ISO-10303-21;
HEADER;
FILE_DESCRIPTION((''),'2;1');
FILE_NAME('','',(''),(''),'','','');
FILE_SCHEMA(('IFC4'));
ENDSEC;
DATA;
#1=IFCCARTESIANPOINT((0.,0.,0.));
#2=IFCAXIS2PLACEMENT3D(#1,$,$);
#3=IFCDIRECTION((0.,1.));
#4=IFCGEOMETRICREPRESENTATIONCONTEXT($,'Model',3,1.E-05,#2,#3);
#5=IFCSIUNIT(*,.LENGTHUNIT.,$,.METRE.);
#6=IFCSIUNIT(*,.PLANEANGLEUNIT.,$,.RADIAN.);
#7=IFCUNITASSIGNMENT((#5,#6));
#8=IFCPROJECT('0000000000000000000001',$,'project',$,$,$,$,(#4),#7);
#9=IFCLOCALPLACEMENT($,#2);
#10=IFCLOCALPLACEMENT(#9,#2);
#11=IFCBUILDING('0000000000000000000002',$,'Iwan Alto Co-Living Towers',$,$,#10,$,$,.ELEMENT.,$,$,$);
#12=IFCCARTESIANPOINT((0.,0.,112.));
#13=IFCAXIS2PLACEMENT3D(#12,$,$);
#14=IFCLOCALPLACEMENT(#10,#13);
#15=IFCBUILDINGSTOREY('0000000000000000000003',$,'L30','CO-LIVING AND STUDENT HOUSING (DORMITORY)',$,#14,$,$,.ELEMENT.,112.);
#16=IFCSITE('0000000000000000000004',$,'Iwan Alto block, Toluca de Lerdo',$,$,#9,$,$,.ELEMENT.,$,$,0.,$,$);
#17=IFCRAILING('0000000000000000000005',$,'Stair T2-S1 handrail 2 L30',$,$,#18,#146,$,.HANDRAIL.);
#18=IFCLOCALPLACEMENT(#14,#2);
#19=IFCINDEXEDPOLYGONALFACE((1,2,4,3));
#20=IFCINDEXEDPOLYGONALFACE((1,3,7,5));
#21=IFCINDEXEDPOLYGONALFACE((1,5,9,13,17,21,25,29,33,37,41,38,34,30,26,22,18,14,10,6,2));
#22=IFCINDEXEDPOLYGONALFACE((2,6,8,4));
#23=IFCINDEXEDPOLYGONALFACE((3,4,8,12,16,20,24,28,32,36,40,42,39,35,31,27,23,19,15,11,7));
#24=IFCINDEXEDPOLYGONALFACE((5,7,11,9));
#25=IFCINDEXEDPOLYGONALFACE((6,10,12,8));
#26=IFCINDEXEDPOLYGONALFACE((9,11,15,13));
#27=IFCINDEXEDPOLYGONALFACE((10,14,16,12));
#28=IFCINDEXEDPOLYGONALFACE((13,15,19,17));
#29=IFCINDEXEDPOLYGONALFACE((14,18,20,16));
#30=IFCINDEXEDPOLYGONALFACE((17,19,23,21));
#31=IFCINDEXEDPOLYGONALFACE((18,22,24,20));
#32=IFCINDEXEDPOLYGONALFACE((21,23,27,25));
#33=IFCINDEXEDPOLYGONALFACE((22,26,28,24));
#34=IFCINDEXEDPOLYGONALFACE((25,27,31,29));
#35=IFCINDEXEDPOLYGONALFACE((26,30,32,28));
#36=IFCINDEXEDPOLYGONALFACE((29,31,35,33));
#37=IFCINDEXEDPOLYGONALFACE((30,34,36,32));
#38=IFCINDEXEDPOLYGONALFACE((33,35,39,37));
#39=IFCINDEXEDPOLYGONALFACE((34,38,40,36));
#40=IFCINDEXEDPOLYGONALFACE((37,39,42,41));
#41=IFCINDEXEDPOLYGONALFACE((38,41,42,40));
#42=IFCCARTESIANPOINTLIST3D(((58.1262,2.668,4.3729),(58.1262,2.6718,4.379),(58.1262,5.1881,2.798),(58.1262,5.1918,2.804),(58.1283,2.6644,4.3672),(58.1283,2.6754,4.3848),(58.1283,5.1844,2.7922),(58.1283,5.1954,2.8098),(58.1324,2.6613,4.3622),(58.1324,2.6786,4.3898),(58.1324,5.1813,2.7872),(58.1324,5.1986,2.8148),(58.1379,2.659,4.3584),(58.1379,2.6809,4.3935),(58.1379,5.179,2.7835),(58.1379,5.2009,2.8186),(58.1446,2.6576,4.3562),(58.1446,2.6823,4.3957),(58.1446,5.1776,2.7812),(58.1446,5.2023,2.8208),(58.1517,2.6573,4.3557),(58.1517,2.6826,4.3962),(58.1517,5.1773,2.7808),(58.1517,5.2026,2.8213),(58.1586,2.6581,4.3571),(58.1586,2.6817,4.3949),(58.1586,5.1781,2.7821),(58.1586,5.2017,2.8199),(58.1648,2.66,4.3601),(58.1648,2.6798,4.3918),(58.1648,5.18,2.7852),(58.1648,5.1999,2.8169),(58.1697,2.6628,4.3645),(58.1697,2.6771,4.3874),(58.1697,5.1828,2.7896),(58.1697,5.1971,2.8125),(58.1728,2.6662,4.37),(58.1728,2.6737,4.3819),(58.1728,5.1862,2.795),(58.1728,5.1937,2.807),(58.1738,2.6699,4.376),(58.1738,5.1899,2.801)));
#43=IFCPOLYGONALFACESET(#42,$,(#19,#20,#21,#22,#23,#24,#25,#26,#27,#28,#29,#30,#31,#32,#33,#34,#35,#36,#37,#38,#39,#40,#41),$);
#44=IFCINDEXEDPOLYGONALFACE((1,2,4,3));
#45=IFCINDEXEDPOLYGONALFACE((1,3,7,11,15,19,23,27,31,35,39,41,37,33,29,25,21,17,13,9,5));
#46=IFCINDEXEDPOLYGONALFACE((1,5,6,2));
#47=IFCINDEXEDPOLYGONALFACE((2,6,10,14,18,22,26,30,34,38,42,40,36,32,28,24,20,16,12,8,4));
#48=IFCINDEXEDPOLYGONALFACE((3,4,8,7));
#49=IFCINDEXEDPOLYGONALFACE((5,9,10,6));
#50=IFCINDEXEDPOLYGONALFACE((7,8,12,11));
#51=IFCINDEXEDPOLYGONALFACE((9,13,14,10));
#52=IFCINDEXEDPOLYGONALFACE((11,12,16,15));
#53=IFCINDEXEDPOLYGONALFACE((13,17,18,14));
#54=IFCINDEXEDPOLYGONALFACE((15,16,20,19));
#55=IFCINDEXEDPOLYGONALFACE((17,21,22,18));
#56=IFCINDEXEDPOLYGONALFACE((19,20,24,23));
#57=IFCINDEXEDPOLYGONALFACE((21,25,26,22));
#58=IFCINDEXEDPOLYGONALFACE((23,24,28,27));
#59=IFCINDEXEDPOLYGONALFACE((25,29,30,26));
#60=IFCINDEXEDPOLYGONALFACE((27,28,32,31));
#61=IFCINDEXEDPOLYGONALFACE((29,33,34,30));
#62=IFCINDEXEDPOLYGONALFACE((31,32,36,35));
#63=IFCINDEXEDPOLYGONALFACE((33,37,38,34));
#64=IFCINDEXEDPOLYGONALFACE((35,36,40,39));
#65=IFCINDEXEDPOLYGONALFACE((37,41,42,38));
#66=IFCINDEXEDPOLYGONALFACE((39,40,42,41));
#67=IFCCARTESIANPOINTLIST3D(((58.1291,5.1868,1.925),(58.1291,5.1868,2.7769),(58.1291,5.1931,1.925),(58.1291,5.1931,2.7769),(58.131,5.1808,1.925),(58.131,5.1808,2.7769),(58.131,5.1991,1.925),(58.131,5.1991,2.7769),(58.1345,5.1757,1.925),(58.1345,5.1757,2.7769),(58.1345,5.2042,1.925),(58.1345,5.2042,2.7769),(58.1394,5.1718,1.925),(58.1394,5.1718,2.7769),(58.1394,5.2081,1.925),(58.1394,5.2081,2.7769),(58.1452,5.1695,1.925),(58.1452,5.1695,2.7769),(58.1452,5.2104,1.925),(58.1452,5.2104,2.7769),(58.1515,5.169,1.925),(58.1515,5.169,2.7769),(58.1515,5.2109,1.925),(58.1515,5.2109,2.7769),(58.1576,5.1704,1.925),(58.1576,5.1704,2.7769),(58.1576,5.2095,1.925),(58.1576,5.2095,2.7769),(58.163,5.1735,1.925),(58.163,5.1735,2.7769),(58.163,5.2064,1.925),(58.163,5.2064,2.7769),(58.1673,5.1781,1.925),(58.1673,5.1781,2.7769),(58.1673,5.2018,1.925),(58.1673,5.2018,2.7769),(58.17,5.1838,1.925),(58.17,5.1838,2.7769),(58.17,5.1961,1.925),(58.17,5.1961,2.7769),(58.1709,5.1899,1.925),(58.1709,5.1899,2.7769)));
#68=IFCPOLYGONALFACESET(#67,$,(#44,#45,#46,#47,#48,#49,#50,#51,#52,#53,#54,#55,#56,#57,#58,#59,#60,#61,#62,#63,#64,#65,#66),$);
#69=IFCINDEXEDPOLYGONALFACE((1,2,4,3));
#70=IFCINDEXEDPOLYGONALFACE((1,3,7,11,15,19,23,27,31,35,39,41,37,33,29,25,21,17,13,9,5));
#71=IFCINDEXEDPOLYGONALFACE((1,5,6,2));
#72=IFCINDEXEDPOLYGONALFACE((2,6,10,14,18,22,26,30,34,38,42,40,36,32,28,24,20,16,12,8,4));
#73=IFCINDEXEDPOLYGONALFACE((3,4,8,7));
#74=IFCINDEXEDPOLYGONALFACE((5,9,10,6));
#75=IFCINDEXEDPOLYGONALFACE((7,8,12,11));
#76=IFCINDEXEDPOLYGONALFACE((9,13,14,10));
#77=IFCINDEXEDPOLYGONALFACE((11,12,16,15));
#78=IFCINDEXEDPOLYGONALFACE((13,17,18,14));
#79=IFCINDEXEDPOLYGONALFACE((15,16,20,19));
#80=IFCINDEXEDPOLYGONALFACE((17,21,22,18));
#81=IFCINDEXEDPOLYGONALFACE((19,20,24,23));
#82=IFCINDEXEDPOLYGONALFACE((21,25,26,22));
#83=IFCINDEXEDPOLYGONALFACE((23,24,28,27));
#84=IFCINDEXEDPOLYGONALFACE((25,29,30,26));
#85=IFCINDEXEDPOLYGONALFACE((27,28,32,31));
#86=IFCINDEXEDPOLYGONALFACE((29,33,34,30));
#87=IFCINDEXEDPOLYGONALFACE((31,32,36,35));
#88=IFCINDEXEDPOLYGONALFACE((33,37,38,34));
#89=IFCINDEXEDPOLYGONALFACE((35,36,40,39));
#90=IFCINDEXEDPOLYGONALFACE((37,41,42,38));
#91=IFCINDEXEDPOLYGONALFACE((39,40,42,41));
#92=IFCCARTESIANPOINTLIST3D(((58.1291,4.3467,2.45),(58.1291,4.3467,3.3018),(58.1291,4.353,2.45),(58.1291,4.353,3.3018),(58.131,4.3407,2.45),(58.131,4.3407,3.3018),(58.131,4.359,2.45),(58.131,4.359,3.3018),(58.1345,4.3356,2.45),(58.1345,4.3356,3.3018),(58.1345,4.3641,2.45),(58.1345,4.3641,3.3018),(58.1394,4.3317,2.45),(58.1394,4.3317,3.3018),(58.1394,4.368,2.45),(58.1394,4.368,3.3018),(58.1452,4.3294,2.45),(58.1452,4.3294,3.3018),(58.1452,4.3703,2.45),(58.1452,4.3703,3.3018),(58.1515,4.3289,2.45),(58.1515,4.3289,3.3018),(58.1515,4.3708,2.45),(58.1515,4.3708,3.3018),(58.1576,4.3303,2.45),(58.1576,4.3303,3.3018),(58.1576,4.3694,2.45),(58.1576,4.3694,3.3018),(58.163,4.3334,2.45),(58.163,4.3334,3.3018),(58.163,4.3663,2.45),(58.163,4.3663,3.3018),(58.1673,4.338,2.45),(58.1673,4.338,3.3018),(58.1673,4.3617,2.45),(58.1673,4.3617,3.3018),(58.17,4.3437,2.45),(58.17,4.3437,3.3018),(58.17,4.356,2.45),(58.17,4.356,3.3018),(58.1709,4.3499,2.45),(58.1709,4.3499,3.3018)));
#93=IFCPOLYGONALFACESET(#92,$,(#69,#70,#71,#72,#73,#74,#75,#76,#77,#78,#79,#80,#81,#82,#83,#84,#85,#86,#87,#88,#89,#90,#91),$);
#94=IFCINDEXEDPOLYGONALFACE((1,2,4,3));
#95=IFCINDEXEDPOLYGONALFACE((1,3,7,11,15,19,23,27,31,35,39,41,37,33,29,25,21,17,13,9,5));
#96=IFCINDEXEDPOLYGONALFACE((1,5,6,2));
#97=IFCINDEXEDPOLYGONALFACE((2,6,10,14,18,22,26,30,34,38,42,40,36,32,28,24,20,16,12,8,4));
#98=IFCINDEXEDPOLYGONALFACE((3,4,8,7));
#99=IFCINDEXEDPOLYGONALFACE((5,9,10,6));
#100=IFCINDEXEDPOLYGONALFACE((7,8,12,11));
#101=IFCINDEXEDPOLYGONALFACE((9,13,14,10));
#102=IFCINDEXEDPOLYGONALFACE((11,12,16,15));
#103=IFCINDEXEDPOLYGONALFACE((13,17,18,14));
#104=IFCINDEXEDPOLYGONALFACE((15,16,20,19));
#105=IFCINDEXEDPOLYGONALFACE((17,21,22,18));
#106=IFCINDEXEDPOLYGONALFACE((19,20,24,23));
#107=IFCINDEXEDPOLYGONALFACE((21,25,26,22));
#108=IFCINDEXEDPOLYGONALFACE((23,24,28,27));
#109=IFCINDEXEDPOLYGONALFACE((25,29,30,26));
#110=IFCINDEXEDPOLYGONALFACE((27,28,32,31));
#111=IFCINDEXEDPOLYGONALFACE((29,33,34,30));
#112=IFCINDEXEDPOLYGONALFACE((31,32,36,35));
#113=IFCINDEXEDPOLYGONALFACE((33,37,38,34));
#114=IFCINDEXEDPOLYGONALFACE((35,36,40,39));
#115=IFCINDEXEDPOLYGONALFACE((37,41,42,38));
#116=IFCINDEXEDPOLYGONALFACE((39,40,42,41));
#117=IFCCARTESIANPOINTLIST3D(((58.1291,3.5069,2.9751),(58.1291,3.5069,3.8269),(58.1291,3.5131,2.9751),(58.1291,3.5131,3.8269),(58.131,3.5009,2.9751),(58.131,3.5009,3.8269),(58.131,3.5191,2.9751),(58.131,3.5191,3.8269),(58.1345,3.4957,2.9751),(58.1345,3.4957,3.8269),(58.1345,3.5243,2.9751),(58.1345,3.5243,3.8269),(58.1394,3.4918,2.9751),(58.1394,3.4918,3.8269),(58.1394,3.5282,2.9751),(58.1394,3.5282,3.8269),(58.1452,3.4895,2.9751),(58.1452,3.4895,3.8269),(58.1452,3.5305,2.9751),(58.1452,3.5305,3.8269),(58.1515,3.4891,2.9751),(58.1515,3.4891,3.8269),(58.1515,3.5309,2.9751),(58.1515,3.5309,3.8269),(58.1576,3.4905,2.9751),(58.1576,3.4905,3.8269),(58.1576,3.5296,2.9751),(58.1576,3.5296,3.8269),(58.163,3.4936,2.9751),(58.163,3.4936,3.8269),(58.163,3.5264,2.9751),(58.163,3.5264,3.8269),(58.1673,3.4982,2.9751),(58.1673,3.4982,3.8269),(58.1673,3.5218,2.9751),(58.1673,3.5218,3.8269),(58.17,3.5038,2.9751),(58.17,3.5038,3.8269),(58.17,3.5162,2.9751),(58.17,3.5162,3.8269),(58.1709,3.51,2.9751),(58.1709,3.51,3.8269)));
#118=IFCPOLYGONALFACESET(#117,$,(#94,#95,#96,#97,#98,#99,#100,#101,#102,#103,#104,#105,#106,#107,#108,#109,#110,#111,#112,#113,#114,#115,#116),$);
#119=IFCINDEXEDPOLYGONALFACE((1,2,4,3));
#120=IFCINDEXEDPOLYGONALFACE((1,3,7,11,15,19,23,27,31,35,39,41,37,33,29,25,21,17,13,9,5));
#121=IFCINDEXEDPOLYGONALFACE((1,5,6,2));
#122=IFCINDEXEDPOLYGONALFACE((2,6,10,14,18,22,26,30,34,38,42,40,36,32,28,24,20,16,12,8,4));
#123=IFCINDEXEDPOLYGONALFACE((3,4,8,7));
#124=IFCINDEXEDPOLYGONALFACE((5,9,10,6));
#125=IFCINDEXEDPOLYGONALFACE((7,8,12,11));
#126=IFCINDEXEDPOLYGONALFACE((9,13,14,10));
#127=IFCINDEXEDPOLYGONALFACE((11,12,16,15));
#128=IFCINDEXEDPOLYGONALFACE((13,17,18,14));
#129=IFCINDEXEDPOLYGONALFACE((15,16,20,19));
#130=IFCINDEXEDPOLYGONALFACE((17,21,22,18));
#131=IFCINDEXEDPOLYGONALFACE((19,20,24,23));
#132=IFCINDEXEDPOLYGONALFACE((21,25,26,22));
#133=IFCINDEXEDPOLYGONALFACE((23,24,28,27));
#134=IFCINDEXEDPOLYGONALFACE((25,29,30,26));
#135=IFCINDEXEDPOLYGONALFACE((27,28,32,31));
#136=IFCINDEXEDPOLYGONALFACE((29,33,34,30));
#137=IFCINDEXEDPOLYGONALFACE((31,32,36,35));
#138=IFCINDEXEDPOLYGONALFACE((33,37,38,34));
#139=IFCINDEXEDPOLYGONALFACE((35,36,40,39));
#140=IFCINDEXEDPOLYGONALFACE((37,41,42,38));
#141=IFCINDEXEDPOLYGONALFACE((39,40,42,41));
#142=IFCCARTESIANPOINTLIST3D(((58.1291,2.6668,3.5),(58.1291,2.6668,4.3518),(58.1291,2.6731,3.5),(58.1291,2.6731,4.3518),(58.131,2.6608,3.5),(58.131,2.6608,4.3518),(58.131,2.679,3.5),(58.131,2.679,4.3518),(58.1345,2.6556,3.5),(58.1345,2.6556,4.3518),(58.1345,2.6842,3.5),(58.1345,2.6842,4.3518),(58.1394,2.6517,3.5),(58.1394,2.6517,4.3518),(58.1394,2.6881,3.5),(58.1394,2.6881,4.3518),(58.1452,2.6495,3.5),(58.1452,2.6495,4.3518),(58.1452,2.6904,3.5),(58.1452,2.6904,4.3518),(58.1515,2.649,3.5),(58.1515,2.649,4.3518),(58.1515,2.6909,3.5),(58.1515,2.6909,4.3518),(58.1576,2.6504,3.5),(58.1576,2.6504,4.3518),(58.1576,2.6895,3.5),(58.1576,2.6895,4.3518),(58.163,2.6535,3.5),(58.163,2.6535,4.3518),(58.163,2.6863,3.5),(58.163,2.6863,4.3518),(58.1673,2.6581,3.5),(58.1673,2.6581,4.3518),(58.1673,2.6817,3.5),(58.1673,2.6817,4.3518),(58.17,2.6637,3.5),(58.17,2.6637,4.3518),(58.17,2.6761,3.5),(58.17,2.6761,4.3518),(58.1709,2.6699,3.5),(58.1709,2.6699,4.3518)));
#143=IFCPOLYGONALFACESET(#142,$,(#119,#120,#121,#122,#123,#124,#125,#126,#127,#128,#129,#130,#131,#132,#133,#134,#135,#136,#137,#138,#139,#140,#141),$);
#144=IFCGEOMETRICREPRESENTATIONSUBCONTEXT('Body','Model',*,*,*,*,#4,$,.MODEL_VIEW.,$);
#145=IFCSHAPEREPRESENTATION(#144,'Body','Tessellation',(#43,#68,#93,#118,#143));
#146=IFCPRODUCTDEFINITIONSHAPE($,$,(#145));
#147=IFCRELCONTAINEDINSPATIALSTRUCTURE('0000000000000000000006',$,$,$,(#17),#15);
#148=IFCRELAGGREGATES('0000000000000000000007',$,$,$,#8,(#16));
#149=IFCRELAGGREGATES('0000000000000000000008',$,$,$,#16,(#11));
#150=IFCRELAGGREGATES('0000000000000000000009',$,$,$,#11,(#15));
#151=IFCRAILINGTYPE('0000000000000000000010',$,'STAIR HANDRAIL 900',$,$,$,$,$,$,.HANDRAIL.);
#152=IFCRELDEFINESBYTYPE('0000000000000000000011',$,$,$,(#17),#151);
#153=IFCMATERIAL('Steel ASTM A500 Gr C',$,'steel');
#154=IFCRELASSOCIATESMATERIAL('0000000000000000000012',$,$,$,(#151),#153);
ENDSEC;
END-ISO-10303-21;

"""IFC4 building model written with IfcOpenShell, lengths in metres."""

from ifc_helpers import new_model, si_unit, direction, frame, origin, origin_2d, place, context, subcontext, project, spatial, circle, extrude, material, type_object, element, save


model = new_model("IFC4")

# Units and contexts
model_context = context("Model", 3, precision=1e-05, world=origin(), true_north=direction((0.0, 1.0)))
body_context = subcontext(model_context, "Body", "Model", "MODEL_VIEW")
ifc_project = project(units=[si_unit("LENGTHUNIT", "METRE"), si_unit("PLANEANGLEUNIT", "RADIAN")], contexts=[model_context])

# Site, building, storey
site_placement = place(None, origin())
site = spatial("IfcSite", under=ifc_project, at=site_placement, Name="Iwan Alto block, Toluca de Lerdo", CompositionType="ELEMENT", RefElevation=0.0)
building_placement = place(site_placement, origin())
building = spatial("IfcBuilding", under=site, at=building_placement, Name="Iwan Alto Co-Living Towers", CompositionType="ELEMENT")
storey_placement = place(building_placement, frame((0.0, 0.0, 112.0)))
storey = spatial("IfcBuildingStorey", under=building, at=storey_placement, Name="L30", Description="CO-LIVING AND STUDENT HOUSING (DORMITORY)", CompositionType="ELEMENT", Elevation=112.0)

# Railing
ifc_material_1 = material(Name="Steel ASTM A500 Gr C", Category="steel")
railing_type_1 = type_object("IfcRailingType", Name="STAIR HANDRAIL 900", PredefinedType="HANDRAIL", material=ifc_material_1)
railing_1_placement = place(storey_placement, frame((58.1499, 5.1899, 1.925)))
element("IfcRailing", 1, at=railing_1_placement, inside=storey, type_object=railing_type_1, Name="Stair T2-S1 handrail 2 L30", PredefinedType="HANDRAIL", context=body_context, shape_type="SweptSolid", body=[
    extrude(circle(Radius=0.0239, at=origin_2d()), frame((0.0, 0.0, 0.876), z_axis=(0.0, -0.848008, 0.529984), x_axis=(1.0, 0.0, 0.0)), (0.0, 0.0, 1.0), 2.9717),
    extrude(circle(Radius=0.021, at=origin_2d()), origin(), (0.0, 0.0, 1.0), 0.8518),
    extrude(circle(Radius=0.021, at=origin_2d()), frame((0.0, -0.8401, 0.5249)), (0.0, 0.0, 1.0), 0.8518),
    extrude(circle(Radius=0.021, at=origin_2d()), frame((0.0, -1.6799, 1.05)), (0.0, 0.0, 1.0), 0.8518),
    extrude(circle(Radius=0.021, at=origin_2d()), frame((0.0, -2.52, 1.575)), (0.0, 0.0, 1.0), 0.8518),
])

save(model, "model.ifc")
